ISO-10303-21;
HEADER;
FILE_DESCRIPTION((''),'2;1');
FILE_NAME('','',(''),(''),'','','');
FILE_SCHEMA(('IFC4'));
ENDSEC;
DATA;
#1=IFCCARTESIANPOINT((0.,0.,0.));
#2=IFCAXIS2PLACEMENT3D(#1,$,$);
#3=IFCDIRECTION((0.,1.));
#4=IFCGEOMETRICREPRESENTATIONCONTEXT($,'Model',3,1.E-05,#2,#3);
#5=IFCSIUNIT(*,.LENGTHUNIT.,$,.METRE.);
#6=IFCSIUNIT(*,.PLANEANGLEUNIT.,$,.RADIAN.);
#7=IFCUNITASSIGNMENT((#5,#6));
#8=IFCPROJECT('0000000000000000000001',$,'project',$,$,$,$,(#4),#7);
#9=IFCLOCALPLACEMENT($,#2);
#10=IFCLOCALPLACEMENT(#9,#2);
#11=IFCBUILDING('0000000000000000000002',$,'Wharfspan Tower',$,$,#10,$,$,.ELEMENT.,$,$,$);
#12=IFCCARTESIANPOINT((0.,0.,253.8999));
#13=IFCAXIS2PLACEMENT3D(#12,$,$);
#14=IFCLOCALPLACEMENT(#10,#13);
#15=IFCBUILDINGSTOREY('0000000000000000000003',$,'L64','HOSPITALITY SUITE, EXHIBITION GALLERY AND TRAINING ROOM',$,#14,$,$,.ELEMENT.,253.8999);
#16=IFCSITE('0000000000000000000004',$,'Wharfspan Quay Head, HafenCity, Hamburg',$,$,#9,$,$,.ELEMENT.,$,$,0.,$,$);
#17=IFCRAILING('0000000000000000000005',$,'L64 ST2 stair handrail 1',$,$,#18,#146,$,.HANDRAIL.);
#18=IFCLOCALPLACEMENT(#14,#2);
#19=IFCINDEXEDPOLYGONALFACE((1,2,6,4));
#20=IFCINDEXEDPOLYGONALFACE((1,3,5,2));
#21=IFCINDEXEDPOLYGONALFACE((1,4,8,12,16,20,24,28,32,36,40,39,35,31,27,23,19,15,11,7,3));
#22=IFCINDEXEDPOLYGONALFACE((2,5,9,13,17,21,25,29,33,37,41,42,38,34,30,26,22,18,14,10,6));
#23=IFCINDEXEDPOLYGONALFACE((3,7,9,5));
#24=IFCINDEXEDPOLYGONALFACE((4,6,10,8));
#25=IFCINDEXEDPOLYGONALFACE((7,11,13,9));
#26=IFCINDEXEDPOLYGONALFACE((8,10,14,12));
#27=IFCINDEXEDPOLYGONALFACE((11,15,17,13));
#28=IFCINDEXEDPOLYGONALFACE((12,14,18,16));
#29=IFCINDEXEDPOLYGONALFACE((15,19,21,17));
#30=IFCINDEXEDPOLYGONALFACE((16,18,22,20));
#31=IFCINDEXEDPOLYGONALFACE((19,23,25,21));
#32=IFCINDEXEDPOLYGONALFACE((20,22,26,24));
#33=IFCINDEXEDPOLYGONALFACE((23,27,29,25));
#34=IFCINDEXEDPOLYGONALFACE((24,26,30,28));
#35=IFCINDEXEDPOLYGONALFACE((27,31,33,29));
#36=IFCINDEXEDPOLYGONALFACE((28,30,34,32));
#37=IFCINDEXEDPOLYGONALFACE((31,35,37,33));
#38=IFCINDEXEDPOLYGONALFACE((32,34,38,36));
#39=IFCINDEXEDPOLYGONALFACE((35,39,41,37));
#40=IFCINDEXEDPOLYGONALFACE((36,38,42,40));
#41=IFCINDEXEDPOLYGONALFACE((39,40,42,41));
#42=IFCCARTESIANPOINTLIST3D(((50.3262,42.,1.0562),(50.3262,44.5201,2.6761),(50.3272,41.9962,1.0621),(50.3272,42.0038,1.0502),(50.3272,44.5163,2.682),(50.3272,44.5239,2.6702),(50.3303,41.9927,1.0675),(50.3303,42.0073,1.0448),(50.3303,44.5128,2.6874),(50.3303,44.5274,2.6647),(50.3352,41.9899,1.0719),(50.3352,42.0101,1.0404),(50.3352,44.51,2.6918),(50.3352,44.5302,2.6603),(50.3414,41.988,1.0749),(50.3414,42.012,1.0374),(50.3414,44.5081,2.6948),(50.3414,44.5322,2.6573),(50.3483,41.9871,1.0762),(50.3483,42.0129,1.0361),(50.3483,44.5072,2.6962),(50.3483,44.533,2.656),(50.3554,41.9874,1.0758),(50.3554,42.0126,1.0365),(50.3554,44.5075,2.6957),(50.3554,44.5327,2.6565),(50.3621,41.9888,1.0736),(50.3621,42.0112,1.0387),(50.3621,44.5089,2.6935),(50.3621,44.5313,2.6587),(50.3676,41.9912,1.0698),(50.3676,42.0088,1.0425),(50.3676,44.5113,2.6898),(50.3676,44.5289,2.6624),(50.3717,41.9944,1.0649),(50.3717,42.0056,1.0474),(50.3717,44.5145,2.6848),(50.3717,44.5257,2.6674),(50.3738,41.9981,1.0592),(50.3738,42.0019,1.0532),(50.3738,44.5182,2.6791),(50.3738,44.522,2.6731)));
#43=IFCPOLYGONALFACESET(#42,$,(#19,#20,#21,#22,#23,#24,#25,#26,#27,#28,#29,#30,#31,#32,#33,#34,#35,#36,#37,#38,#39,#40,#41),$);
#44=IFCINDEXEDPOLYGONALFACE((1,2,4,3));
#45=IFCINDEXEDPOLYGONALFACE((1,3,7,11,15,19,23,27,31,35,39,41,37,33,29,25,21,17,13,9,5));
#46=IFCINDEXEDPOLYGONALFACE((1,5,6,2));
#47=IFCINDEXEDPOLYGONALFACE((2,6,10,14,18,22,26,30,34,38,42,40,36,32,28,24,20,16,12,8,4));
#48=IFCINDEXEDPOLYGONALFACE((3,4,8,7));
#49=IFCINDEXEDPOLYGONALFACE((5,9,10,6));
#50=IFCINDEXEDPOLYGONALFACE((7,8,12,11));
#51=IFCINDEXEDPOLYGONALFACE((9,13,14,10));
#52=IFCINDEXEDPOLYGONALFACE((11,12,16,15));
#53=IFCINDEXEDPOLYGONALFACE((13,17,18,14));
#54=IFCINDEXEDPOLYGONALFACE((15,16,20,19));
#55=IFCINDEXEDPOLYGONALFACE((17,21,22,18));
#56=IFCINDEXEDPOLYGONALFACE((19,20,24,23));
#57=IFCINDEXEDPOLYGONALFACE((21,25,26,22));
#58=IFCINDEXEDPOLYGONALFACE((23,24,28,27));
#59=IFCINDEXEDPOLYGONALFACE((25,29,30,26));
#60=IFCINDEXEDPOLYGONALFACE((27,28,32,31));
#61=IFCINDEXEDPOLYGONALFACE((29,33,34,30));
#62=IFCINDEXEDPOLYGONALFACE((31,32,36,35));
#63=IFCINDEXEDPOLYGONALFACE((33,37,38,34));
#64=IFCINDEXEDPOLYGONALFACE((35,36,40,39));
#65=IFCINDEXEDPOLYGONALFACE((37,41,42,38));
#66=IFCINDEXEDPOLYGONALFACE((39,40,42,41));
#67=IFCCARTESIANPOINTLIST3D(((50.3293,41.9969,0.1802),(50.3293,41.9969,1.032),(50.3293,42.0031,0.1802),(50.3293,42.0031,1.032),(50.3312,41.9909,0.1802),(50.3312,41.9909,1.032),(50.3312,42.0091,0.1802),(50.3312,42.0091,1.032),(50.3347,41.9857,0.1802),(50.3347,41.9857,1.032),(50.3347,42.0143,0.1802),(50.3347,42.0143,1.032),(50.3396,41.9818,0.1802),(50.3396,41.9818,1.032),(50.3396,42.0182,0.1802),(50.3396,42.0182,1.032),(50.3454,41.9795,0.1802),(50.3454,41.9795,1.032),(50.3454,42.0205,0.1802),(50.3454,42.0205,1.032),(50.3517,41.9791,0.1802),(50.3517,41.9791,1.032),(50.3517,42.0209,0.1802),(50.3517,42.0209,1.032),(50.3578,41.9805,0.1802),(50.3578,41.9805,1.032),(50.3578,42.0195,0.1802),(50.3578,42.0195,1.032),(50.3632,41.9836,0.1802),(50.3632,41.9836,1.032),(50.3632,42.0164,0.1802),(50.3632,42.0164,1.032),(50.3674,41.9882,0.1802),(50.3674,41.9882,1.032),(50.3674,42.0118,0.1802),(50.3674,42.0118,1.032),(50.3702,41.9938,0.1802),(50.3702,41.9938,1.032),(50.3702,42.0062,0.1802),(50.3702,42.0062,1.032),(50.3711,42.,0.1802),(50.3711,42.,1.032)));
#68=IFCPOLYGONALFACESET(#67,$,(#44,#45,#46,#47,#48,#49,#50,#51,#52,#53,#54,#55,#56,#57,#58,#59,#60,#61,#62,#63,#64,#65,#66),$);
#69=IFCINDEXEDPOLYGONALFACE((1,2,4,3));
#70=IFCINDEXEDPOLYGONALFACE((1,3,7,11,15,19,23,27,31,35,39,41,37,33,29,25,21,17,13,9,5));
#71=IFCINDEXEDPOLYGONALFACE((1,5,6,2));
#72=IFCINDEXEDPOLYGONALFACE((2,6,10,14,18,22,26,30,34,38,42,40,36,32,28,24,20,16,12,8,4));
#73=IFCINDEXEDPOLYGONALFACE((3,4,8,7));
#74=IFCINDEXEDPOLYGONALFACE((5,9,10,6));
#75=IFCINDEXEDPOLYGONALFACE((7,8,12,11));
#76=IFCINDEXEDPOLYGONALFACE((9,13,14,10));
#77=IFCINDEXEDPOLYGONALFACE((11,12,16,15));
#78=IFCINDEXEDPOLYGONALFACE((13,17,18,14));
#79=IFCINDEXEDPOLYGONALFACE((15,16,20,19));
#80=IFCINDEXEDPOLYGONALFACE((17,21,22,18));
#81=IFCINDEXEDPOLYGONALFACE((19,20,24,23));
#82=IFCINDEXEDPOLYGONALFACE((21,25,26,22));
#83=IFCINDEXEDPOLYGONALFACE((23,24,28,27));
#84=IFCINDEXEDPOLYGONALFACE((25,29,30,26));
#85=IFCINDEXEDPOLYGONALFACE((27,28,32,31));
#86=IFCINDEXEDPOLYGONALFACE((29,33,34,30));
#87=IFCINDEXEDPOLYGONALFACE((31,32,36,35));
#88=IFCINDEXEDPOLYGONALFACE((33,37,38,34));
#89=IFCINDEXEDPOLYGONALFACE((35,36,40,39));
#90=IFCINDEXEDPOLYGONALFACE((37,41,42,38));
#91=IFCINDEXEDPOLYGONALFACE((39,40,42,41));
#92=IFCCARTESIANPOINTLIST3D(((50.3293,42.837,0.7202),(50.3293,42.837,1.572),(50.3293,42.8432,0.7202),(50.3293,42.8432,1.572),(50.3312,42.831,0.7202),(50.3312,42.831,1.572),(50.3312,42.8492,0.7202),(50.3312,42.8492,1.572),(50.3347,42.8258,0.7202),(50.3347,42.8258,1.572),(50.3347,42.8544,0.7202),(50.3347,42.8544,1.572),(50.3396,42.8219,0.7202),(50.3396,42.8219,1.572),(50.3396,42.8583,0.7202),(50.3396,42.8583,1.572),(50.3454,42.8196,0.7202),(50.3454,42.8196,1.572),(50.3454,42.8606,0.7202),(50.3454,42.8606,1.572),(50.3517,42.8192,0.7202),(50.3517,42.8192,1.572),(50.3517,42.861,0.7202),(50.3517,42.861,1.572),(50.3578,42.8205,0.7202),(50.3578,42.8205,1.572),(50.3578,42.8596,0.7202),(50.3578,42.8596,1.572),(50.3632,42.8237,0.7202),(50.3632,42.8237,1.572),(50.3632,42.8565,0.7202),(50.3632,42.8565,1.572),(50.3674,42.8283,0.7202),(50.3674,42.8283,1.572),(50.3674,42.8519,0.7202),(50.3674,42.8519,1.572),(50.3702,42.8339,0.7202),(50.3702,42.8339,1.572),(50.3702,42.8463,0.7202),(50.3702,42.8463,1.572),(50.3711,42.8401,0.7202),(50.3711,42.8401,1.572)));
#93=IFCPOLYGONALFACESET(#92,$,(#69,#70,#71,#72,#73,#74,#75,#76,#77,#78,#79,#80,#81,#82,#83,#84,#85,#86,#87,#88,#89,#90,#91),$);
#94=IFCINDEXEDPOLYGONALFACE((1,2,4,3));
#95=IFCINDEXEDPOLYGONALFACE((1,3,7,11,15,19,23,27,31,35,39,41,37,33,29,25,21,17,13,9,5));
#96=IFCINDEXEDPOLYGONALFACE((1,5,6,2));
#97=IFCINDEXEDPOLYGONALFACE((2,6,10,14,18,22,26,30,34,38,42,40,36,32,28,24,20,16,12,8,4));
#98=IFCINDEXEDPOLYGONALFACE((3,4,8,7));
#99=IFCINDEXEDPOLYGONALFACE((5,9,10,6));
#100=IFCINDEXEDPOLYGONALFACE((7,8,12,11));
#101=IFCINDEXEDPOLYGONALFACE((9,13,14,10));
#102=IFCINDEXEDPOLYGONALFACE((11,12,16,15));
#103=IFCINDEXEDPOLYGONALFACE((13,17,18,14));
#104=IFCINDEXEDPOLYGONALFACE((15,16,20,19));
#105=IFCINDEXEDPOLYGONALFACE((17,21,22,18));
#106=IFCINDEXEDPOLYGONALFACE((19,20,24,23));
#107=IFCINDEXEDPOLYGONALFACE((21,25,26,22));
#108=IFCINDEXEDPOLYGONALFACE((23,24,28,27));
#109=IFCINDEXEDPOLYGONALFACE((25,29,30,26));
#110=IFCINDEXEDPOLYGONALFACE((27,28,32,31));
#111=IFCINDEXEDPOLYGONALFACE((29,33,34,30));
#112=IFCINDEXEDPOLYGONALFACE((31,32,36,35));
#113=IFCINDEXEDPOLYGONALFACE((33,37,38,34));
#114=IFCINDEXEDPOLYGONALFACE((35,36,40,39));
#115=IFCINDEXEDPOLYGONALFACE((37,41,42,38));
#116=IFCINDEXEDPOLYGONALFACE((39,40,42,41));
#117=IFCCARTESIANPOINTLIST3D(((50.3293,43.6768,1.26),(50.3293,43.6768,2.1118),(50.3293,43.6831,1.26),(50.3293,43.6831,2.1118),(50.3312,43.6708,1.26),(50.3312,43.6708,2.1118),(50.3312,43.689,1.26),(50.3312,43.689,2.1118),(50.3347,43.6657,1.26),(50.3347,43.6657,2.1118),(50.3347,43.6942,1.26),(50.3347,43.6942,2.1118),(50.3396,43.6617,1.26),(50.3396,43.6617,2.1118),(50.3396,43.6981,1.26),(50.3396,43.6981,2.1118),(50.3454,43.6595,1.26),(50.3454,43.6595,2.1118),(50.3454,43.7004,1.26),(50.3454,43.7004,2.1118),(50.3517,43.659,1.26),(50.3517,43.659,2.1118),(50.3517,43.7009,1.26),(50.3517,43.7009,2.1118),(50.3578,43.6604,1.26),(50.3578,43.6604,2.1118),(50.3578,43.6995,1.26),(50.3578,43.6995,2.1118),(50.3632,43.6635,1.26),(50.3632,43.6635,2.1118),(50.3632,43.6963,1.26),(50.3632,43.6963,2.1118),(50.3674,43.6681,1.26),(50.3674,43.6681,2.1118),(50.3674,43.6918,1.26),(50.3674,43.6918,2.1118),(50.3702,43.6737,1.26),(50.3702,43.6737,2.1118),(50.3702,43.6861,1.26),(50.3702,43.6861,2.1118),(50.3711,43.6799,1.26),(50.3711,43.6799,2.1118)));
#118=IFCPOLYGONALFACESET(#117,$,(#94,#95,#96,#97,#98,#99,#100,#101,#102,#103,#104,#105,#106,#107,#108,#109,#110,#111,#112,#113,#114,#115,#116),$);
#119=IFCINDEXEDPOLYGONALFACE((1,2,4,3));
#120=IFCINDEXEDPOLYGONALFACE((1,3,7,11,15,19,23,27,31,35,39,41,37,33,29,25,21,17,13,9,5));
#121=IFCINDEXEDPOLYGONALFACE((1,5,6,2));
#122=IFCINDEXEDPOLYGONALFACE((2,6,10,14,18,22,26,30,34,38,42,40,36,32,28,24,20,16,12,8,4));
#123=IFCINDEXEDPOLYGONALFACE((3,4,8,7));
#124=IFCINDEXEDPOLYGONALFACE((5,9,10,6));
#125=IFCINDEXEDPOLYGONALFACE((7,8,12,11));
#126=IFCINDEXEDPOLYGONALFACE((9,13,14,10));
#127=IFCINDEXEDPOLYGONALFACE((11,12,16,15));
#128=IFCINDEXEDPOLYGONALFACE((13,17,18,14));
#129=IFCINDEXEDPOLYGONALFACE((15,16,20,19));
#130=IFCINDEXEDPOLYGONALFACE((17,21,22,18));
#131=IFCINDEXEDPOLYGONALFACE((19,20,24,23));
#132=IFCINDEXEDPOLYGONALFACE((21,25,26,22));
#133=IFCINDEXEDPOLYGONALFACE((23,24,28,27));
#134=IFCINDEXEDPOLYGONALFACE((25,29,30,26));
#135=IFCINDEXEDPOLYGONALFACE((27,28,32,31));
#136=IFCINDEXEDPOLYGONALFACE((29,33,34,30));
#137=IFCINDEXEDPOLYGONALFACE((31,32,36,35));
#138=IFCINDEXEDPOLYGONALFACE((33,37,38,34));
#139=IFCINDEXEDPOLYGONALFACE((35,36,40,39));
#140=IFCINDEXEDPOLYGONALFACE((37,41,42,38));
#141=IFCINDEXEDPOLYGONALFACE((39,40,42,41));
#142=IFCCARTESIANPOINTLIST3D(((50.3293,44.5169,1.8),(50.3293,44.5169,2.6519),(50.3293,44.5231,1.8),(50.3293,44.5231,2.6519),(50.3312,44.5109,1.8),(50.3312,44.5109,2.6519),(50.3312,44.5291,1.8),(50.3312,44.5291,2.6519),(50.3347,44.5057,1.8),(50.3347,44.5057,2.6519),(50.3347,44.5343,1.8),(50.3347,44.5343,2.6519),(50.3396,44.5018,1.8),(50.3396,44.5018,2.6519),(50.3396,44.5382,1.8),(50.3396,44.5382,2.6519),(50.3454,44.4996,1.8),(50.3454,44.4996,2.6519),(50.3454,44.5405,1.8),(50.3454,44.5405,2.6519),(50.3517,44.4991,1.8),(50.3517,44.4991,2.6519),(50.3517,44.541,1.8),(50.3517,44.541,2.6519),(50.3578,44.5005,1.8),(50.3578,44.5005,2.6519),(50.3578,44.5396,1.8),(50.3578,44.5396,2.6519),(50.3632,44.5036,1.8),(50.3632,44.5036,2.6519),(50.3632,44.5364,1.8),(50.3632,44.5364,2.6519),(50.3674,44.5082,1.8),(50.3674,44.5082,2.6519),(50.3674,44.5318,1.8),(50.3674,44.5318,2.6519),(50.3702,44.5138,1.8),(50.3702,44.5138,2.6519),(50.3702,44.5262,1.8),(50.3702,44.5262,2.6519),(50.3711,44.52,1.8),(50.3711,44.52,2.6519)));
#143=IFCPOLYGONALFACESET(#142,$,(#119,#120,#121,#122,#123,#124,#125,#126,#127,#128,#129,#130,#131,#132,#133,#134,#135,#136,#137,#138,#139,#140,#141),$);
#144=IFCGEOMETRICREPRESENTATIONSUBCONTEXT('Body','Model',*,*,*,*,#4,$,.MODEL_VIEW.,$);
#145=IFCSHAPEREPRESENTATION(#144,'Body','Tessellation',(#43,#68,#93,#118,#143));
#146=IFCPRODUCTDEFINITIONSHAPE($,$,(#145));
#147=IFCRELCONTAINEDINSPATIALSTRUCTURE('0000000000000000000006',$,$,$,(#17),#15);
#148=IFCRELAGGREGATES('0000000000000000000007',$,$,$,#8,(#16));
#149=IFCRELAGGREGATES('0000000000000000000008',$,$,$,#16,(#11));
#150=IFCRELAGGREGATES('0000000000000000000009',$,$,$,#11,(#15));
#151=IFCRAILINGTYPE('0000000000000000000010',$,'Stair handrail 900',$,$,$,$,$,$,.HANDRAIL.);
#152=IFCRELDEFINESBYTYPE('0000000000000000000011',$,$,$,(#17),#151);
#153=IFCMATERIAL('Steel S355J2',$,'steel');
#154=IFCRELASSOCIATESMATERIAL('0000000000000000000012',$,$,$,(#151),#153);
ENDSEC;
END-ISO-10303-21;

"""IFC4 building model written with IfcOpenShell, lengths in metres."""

from ifc_helpers import new_model, si_unit, direction, frame, origin, origin_2d, place, context, subcontext, project, spatial, circle, extrude, material, type_object, element, save


model = new_model("IFC4")

# Units and contexts
model_context = context("Model", 3, precision=1e-05, world=origin(), true_north=direction((0.0, 1.0)))
body_context = subcontext(model_context, "Body", "Model", "MODEL_VIEW")
ifc_project = project(units=[si_unit("LENGTHUNIT", "METRE"), si_unit("PLANEANGLEUNIT", "RADIAN")], contexts=[model_context])

# Site, building, storey
site_placement = place(None, origin())
site = spatial("IfcSite", under=ifc_project, at=site_placement, Name="Wharfspan Quay Head, HafenCity, Hamburg", CompositionType="ELEMENT", RefElevation=0.0)
building_placement = place(site_placement, origin())
building = spatial("IfcBuilding", under=site, at=building_placement, Name="Wharfspan Tower", CompositionType="ELEMENT")
storey_placement = place(building_placement, frame((0.0, 0.0, 253.8999)))
storey = spatial("IfcBuildingStorey", under=building, at=storey_placement, Name="L64", Description="HOSPITALITY SUITE, EXHIBITION GALLERY AND TRAINING ROOM", CompositionType="ELEMENT", Elevation=253.8999)

# Shared definitions
ifc_material_1 = material(Name="Steel S355J2", Category="steel")

# Railing
railing_type_1 = type_object("IfcRailingType", Name="Stair handrail 900", PredefinedType="HANDRAIL", material=ifc_material_1)
railing_1_placement = place(storey_placement, frame((50.3501, 42.0, 0.1802)))
element("IfcRailing", 1, at=railing_1_placement, inside=storey, type_object=railing_type_1, Name="L64 ST2 stair handrail 1", PredefinedType="HANDRAIL", context=body_context, shape_type="SweptSolid", body=[
    extrude(circle(Radius=0.0239, at=origin_2d()), frame((0.0, 0.0, 0.876), z_axis=(0.0, 0.8412, 0.540725), x_axis=(-1.0, 0.0, 0.0)), (0.0, 0.0, 1.0), 2.9958),
    extrude(circle(Radius=0.021, at=origin_2d()), origin(), (0.0, 0.0, 1.0), 0.8518),
    extrude(circle(Radius=0.021, at=origin_2d()), frame((0.0, 0.8401, 0.54)), (0.0, 0.0, 1.0), 0.8518),
    extrude(circle(Radius=0.021, at=origin_2d()), frame((0.0, 1.6799, 1.0798)), (0.0, 0.0, 1.0), 0.8518),
    extrude(circle(Radius=0.021, at=origin_2d()), frame((0.0, 2.52, 1.6199)), (0.0, 0.0, 1.0), 0.8518),
])

save(model, "model.ifc")
